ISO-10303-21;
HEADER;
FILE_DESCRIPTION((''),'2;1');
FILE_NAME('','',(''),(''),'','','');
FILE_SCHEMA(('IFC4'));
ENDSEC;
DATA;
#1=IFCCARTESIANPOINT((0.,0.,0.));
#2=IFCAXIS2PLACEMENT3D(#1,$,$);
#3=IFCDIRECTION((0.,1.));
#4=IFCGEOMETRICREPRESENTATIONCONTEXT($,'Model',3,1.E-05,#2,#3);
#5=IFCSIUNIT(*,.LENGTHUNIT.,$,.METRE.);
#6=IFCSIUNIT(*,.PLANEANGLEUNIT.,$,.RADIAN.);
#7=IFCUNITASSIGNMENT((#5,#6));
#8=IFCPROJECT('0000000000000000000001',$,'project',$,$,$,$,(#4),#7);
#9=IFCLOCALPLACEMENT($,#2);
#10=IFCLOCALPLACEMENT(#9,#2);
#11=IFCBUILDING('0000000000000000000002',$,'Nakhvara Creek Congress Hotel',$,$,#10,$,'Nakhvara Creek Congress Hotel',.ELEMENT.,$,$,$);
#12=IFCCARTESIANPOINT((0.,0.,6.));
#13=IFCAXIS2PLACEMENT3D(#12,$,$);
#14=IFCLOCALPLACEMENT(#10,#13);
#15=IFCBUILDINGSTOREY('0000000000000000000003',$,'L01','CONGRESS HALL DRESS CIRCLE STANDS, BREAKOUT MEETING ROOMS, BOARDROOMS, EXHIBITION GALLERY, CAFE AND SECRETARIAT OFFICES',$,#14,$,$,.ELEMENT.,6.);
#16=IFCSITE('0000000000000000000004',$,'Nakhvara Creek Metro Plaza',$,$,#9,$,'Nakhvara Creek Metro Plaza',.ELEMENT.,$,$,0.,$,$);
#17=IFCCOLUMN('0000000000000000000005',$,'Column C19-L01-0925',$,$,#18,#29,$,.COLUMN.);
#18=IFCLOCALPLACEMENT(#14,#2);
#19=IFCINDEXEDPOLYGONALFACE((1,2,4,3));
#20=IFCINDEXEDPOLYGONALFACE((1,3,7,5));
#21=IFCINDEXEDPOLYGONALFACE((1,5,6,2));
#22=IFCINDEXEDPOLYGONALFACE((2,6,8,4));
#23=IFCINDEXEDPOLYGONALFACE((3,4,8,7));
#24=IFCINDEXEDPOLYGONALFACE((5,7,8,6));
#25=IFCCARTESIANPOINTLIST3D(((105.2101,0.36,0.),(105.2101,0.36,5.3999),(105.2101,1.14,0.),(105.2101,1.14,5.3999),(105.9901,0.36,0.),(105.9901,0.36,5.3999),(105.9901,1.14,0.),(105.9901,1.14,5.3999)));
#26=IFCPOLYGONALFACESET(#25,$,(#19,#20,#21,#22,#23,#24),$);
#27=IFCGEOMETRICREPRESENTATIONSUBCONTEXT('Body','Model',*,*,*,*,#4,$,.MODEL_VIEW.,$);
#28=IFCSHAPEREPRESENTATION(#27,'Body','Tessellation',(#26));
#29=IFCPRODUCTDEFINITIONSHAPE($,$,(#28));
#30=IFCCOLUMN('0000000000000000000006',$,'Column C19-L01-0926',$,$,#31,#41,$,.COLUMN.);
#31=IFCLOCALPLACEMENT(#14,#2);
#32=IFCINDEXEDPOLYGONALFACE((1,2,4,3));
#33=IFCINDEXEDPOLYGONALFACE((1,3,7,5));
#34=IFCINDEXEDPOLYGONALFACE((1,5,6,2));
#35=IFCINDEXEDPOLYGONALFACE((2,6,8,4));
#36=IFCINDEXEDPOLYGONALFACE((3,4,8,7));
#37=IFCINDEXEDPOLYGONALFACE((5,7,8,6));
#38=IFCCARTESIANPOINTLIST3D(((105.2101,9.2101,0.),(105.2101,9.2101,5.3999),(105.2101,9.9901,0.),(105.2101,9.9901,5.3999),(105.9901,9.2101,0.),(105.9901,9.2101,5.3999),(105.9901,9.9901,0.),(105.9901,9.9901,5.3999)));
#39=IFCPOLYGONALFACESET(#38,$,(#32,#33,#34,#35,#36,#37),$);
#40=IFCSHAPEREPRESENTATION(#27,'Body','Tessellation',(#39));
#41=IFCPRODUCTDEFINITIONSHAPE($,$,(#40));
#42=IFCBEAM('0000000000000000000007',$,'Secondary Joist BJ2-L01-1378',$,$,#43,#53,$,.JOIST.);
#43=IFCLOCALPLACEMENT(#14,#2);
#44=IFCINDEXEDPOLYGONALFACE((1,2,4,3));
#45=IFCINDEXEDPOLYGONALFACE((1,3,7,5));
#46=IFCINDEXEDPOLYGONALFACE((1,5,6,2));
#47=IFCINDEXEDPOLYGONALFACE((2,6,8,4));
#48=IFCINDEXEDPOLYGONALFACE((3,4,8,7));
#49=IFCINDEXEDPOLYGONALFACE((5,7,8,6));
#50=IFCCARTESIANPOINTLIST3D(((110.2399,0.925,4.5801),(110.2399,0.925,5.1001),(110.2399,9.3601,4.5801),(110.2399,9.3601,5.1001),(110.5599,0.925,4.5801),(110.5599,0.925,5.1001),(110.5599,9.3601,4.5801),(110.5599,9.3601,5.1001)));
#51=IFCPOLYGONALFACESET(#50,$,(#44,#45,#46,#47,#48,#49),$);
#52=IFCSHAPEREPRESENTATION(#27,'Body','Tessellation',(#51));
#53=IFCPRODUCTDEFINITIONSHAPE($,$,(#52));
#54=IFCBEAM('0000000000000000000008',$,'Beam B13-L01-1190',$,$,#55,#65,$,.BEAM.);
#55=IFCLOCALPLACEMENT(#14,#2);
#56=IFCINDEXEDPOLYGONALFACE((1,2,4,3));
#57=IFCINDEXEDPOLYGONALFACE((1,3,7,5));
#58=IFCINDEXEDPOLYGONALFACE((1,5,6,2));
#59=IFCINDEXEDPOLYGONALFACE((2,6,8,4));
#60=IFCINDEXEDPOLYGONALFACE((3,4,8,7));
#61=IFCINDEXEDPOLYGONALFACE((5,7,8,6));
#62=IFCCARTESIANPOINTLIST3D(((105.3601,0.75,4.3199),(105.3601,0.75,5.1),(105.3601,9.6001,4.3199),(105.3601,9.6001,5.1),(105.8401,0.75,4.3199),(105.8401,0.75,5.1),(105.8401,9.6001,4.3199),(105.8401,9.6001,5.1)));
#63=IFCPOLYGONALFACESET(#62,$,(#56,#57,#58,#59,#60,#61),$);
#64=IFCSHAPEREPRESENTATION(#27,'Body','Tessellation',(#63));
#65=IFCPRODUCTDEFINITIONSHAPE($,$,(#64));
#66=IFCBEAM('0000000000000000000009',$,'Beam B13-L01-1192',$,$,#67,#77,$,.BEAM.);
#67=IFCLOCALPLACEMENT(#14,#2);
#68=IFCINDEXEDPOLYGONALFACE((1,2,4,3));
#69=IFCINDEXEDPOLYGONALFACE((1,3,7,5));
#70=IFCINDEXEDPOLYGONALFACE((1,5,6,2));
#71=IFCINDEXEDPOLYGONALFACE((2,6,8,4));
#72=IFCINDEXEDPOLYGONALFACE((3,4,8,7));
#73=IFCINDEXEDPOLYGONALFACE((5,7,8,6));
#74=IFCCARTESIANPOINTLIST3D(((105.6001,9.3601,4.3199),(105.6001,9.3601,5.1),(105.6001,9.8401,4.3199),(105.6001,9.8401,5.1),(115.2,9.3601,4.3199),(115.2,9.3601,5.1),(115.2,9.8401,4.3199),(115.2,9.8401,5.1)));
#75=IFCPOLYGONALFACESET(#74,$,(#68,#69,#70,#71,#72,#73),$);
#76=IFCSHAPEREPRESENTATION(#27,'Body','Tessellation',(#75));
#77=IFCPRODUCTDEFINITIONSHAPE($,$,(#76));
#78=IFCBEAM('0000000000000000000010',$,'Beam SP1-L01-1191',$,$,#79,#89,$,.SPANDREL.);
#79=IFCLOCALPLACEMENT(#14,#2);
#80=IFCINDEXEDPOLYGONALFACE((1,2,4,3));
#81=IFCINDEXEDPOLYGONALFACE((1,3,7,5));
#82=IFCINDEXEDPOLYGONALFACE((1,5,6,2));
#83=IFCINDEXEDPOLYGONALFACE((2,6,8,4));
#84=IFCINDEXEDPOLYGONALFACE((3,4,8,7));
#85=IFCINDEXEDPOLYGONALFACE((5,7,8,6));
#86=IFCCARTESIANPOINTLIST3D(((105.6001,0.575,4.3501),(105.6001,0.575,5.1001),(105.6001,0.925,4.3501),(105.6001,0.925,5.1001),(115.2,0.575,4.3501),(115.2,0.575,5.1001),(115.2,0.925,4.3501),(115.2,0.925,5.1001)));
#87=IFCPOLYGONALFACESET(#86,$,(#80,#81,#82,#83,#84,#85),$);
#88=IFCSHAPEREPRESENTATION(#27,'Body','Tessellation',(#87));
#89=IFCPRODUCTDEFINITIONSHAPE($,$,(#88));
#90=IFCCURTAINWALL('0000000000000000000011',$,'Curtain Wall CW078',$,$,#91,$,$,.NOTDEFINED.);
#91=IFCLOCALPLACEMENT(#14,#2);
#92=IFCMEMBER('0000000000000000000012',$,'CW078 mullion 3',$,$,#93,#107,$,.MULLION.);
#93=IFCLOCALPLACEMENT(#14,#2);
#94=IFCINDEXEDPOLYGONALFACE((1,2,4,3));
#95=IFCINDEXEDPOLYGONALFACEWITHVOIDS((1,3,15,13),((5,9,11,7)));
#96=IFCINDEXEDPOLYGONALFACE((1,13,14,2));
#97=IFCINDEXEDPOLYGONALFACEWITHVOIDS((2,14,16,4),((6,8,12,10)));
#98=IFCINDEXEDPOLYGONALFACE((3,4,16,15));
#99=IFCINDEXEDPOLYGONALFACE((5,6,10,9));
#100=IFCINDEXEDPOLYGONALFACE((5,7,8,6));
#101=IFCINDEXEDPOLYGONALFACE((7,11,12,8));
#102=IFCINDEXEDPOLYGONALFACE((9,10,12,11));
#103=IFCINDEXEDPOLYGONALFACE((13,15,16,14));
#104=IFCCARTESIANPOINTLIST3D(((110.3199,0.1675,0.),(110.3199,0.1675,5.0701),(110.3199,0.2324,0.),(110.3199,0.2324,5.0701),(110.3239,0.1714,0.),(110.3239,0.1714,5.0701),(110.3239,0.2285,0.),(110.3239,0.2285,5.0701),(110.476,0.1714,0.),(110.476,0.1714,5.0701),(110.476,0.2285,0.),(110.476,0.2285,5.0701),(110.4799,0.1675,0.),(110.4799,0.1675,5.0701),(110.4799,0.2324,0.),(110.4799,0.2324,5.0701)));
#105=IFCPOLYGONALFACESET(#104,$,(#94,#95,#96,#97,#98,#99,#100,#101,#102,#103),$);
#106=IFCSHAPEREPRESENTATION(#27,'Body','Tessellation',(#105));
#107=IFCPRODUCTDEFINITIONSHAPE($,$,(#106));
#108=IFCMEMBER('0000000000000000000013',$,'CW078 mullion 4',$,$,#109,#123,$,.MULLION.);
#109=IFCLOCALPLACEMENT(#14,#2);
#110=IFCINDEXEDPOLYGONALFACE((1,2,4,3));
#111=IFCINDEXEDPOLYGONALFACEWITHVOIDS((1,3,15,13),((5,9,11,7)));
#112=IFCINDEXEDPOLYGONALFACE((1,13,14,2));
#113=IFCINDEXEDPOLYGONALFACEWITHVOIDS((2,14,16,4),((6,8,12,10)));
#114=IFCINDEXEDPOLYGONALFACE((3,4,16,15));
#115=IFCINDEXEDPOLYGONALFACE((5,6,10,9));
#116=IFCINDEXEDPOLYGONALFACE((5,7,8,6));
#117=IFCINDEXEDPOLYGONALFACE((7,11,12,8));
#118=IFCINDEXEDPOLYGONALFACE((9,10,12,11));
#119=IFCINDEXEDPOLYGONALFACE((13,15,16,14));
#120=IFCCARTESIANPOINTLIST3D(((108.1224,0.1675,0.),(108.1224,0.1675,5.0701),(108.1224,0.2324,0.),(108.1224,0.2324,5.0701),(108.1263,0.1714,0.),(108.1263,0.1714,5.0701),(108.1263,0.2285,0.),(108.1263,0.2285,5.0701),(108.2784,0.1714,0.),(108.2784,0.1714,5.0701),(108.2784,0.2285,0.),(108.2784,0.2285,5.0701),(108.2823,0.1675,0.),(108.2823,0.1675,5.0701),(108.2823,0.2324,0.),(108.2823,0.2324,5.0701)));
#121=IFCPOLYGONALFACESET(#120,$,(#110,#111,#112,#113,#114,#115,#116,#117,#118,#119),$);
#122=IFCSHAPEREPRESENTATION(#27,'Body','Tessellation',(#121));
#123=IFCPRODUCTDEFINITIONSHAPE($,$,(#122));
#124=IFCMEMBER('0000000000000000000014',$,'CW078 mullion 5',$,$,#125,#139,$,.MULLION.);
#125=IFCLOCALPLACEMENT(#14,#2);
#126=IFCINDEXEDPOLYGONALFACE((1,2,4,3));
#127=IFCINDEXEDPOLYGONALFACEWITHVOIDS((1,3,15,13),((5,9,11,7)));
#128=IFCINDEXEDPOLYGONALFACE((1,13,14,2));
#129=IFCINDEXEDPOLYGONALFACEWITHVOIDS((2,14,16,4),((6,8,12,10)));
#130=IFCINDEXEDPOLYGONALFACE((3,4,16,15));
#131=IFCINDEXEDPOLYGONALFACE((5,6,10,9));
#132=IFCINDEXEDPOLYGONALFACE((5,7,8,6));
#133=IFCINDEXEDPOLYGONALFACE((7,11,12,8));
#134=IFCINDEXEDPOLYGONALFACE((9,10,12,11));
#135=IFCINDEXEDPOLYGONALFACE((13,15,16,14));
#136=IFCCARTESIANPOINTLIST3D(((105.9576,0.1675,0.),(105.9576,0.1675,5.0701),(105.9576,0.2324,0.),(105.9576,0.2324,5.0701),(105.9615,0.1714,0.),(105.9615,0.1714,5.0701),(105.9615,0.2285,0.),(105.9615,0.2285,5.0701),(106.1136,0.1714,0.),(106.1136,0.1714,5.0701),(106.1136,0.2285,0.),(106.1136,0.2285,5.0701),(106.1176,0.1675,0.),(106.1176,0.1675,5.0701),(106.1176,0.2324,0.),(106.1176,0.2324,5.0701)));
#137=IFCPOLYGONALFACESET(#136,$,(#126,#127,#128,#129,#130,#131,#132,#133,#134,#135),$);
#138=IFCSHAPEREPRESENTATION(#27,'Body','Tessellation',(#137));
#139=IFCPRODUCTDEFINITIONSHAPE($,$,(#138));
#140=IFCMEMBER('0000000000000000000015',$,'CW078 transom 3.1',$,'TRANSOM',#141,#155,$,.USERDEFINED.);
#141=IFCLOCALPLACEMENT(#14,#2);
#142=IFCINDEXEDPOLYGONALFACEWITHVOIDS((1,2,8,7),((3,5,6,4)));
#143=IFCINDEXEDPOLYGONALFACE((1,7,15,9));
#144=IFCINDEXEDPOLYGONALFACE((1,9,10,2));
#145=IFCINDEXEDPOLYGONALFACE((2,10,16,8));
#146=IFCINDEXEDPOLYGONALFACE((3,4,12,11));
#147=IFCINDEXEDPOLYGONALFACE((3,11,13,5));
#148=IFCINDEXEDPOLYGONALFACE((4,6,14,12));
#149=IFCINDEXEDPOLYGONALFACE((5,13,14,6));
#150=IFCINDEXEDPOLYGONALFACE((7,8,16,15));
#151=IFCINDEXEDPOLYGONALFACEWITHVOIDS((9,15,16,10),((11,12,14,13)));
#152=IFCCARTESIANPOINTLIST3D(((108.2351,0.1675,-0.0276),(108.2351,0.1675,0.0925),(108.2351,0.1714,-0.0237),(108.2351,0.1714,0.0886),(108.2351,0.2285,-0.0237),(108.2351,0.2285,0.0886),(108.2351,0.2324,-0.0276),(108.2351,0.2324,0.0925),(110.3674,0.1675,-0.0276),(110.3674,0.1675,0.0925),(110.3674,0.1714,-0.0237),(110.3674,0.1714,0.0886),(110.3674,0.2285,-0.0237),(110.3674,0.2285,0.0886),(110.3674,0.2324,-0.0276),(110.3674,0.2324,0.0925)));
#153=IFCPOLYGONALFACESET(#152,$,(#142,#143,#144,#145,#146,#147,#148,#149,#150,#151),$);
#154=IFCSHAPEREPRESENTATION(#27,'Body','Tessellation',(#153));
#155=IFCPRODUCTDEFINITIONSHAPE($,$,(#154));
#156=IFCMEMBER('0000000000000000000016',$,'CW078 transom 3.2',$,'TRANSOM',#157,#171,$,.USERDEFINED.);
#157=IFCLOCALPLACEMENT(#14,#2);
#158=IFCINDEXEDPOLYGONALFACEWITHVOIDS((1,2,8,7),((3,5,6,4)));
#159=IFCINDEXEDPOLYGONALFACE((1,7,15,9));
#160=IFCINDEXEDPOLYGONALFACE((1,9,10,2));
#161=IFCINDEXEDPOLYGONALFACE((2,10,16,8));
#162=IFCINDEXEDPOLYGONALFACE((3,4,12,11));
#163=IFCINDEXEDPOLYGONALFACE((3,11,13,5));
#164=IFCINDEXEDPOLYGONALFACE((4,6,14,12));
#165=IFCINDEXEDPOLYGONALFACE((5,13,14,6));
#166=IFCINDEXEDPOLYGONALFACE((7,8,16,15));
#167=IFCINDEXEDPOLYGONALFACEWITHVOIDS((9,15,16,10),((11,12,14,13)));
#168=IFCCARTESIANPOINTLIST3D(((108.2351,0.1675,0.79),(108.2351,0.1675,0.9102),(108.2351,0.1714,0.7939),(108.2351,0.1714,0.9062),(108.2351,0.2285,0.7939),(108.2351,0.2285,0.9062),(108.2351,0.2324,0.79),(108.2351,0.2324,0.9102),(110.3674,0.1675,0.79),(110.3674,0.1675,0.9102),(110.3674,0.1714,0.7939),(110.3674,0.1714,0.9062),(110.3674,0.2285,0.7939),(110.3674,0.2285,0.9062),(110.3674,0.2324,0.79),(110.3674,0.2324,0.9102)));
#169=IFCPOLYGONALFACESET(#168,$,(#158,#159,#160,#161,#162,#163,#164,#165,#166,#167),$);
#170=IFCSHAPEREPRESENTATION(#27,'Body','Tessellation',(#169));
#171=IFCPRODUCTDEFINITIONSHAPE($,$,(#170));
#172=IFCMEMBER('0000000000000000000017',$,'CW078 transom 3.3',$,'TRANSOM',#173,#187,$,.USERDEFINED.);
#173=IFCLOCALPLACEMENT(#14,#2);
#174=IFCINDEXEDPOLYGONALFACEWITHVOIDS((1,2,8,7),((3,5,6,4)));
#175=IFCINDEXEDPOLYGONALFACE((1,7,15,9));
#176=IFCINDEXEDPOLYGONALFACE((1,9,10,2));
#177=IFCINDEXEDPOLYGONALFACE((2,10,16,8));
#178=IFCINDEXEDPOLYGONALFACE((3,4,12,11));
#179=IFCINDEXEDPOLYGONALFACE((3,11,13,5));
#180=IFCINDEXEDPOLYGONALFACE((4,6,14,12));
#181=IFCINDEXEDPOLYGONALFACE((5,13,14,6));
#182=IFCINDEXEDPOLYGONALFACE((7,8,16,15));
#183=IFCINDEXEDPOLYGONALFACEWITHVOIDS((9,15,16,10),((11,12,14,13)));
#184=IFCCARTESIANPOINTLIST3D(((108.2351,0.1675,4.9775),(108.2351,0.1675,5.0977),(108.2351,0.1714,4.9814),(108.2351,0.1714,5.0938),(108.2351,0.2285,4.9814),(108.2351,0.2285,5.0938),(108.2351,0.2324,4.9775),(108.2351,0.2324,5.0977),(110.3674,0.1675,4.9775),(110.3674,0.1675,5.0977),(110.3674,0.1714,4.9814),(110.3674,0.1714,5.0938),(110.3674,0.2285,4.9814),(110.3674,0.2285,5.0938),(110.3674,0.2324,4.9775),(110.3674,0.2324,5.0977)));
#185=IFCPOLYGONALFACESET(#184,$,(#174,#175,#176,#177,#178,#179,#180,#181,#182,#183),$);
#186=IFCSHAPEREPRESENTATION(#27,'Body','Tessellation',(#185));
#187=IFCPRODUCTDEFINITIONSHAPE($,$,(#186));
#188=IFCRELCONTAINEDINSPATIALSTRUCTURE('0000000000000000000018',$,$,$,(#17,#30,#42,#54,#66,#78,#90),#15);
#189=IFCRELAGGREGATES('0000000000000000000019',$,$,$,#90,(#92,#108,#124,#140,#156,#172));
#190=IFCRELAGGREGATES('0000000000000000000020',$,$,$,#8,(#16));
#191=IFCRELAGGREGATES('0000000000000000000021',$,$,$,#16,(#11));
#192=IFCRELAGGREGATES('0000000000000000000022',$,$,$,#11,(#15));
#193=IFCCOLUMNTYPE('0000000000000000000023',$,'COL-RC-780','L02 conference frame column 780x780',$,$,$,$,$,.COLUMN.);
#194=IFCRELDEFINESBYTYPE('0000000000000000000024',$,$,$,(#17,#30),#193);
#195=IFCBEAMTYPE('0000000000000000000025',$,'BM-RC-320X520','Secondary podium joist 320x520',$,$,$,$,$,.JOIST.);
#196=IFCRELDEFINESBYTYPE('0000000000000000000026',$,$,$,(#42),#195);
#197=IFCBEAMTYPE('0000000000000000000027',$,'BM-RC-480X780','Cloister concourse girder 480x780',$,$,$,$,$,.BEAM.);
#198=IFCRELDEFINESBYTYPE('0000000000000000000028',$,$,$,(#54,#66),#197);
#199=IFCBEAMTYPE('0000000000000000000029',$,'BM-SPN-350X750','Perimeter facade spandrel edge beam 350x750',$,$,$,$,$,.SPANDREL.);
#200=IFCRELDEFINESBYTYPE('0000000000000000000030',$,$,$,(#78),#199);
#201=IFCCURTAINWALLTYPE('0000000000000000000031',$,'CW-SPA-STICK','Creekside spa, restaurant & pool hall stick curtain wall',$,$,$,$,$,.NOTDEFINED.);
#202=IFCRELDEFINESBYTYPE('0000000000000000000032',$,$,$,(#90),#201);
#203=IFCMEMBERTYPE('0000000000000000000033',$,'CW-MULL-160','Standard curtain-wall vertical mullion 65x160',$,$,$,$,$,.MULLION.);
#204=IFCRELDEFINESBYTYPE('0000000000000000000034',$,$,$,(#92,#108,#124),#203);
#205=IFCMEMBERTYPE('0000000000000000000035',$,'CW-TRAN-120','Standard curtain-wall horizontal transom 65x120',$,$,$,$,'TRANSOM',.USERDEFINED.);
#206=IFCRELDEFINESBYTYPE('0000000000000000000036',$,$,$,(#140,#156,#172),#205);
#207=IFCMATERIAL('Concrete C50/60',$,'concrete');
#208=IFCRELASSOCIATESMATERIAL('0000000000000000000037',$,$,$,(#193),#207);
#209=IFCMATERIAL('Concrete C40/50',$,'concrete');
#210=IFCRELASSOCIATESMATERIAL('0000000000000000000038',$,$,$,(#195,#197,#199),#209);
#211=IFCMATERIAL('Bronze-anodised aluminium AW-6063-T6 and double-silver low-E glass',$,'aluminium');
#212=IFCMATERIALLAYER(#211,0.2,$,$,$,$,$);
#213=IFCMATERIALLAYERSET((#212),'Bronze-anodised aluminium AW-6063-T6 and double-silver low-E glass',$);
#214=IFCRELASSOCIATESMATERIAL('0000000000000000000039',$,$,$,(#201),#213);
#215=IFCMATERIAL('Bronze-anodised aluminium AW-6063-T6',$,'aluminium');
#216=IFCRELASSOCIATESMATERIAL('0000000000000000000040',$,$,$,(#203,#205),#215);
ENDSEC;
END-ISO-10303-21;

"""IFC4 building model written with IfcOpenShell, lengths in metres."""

from ifc_helpers import new_model, si_unit, direction, frame, origin, origin_2d, place, context, subcontext, project, spatial, rectangle, hollow_rectangle, extrude, material, layer, layer_set, material_profile, profile_set, type_object, element, aggregate, save


model = new_model("IFC4")

# Units and contexts
model_context = context("Model", 3, precision=1e-05, world=origin(), true_north=direction((0.0, 1.0)))
body_context = subcontext(model_context, "Body", "Model", "MODEL_VIEW")
ifc_project = project(units=[si_unit("LENGTHUNIT", "METRE"), si_unit("PLANEANGLEUNIT", "RADIAN")], contexts=[model_context])

# Site, building, storey
site_placement = place(None, origin())
site = spatial("IfcSite", under=ifc_project, at=site_placement, Name="Nakhvara Creek Metro Plaza", LongName="Nakhvara Creek Metro Plaza", CompositionType="ELEMENT", RefElevation=0.0)
building_placement = place(site_placement, origin())
building = spatial("IfcBuilding", under=site, at=building_placement, Name="Nakhvara Creek Congress Hotel", LongName="Nakhvara Creek Congress Hotel", CompositionType="ELEMENT")
storey_placement = place(building_placement, frame((0.0, 0.0, 6.0)))
storey = spatial("IfcBuildingStorey", under=building, at=storey_placement, Name="L01", Description="CONGRESS HALL DRESS CIRCLE STANDS, BREAKOUT MEETING ROOMS, BOARDROOMS, EXHIBITION GALLERY, CAFE AND SECRETARIAT OFFICES", CompositionType="ELEMENT", Elevation=6.0)

# Columns
ifc_material_1 = material(Name="Concrete C50/60", Category="concrete")
ifc_material_profile_1 = material_profile(ifc_material_1, rectangle(XDim=0.78, YDim=0.78, at=origin_2d()), Name="RC-COL 780x780", Category="LoadBearing")
ifc_profile_set_1 = profile_set([ifc_material_profile_1], Name="Concrete C50/60")
column_type = type_object("IfcColumnType", Name="COL-RC-780", Description="L02 conference frame column 780x780", PredefinedType="COLUMN", material=ifc_profile_set_1)
for number, where, z_axis, x_axis, name in (
    (1, (105.6001, 0.75, 0.0), (0.0, 0.0, 1.0), (1.0, 0.0, 0.0), "Column C19-L01-0925"),
    (2, (105.6001, 9.6001, 0.0), (0.0, 0.0, 1.0), (1.0, 0.0, 0.0), "Column C19-L01-0926"),
):
    element("IfcColumn", number, at=place(storey_placement, frame(where, z_axis=z_axis, x_axis=x_axis)), inside=storey, type_object=column_type, Name=name, PredefinedType="COLUMN", context=body_context, shape_type="SweptSolid", body=[
        extrude(rectangle(XDim=0.78, YDim=0.78, at=origin_2d()), origin(), (0.0, 0.0, 1.0), 5.3999),
    ])

# Beams
ifc_material_2 = material(Name="Concrete C40/50", Category="concrete")
ifc_material_profile_2 = material_profile(ifc_material_2, rectangle(XDim=0.3201, YDim=0.52, at=origin_2d()), Name="RC-BM 320x520", Category="LoadBearing")
ifc_profile_set_2 = profile_set([ifc_material_profile_2], Name="Concrete C40/50")
beam_type_1 = type_object("IfcBeamType", Name="BM-RC-320X520", Description="Secondary podium joist 320x520", PredefinedType="JOIST", material=ifc_profile_set_2)
beam_1_placement = place(storey_placement, frame((110.3999, 0.925, 4.8401), z_axis=(0.0, 1.0, 0.0), x_axis=(-1.0, 0.0, 0.0)))
element("IfcBeam", 3, at=beam_1_placement, inside=storey, type_object=beam_type_1, Name="Secondary Joist BJ2-L01-1378", PredefinedType="JOIST", context=body_context, shape_type="SweptSolid", body=[
    extrude(rectangle(XDim=0.3201, YDim=0.52, at=origin_2d()), origin(), (0.0, 0.0, 1.0), 8.4351),
])
ifc_material_profile_3 = material_profile(ifc_material_2, rectangle(XDim=0.48, YDim=0.78, at=origin_2d()), Name="RC-BM 480x780", Category="LoadBearing")
ifc_profile_set_3 = profile_set([ifc_material_profile_3], Name="Concrete C40/50")
beam_type_2 = type_object("IfcBeamType", Name="BM-RC-480X780", Description="Cloister concourse girder 480x780", PredefinedType="BEAM", material=ifc_profile_set_3)
beam_2_placement = place(storey_placement, frame((105.6001, 0.75, 4.71), z_axis=(0.0, 1.0, 0.0), x_axis=(-1.0, 0.0, 0.0)))
element("IfcBeam", 4, at=beam_2_placement, inside=storey, type_object=beam_type_2, Name="Beam B13-L01-1190", PredefinedType="BEAM", context=body_context, shape_type="SweptSolid", body=[
    extrude(rectangle(XDim=0.48, YDim=0.78, at=origin_2d()), origin(), (0.0, 0.0, 1.0), 8.8501),
])
beam_3_placement = place(storey_placement, frame((105.6001, 9.6001, 4.71), z_axis=(1.0, 0.0, 0.0), x_axis=(0.0, 1.0, 0.0)))
element("IfcBeam", 5, at=beam_3_placement, inside=storey, type_object=beam_type_2, Name="Beam B13-L01-1192", PredefinedType="BEAM", context=body_context, shape_type="SweptSolid", body=[
    extrude(rectangle(XDim=0.48, YDim=0.78, at=origin_2d()), origin(), (0.0, 0.0, 1.0), 9.5999),
])
ifc_material_profile_4 = material_profile(ifc_material_2, rectangle(XDim=0.3501, YDim=0.75, at=origin_2d()), Name="RC-SPANDREL 350x750", Category="LoadBearing")
ifc_profile_set_4 = profile_set([ifc_material_profile_4], Name="Concrete C40/50")
beam_type_3 = type_object("IfcBeamType", Name="BM-SPN-350X750", Description="Perimeter facade spandrel edge beam 350x750", PredefinedType="SPANDREL", material=ifc_profile_set_4)
beam_4_placement = place(storey_placement, frame((105.6001, 0.75, 4.7251), z_axis=(1.0, 0.0, 0.0), x_axis=(0.0, 1.0, 0.0)))
element("IfcBeam", 6, at=beam_4_placement, inside=storey, type_object=beam_type_3, Name="Beam SP1-L01-1191", PredefinedType="SPANDREL", context=body_context, shape_type="SweptSolid", body=[
    extrude(rectangle(XDim=0.3501, YDim=0.75, at=origin_2d()), origin(), (0.0, 0.0, 1.0), 9.5999),
])

# Curtain wall, members
ifc_material_3 = material(Name="Bronze-anodised aluminium AW-6063-T6 and double-silver low-E glass", Category="aluminium")
ifc_layer_1 = layer(ifc_material_3, 0.2)
ifc_layer_set_1 = layer_set([ifc_layer_1], Name="Bronze-anodised aluminium AW-6063-T6 and double-silver low-E glass")
curtain_wall_type = type_object("IfcCurtainWallType", Name="CW-SPA-STICK", Description="Creekside spa, restaurant & pool hall stick curtain wall", PredefinedType="NOTDEFINED", material=ifc_layer_set_1)
curtain_wall_placement = place(storey_placement, origin())
curtain_wall = element("IfcCurtainWall", 7, at=curtain_wall_placement, inside=storey, type_object=curtain_wall_type, Name="Curtain Wall CW078", PredefinedType="NOTDEFINED")
ifc_material_4 = material(Name="Bronze-anodised aluminium AW-6063-T6", Category="aluminium")
ifc_material_profile_5 = material_profile(ifc_material_4, hollow_rectangle(XDim=0.0649, YDim=0.1599, WallThickness=0.0039, at=origin_2d()), Name="ALU-MULL 65x160x4", Category="LoadBearing")
ifc_profile_set_5 = profile_set([ifc_material_profile_5], Name="Bronze-anodised aluminium AW-6063-T6")
member_type_1 = type_object("IfcMemberType", Name="CW-MULL-160", Description="Standard curtain-wall vertical mullion 65x160", PredefinedType="MULLION", material=ifc_profile_set_5)
member_1_placement = place(storey_placement, frame((110.3999, 0.2, 0.0), z_axis=(0.0, 0.0, 1.0), x_axis=(0.0, -1.0, 0.0)))
member_1 = element("IfcMember", 8, at=member_1_placement, type_object=member_type_1, Name="CW078 mullion 3", PredefinedType="MULLION", context=body_context, shape_type="SweptSolid", body=[
    extrude(hollow_rectangle(XDim=0.0649, YDim=0.1599, WallThickness=0.0039, at=origin_2d()), origin(), (0.0, 0.0, 1.0), 5.0701),
])
member_2_placement = place(storey_placement, frame((108.2024, 0.2, 0.0), z_axis=(0.0, 0.0, 1.0), x_axis=(0.0, -1.0, 0.0)))
member_2 = element("IfcMember", 9, at=member_2_placement, type_object=member_type_1, Name="CW078 mullion 4", PredefinedType="MULLION", context=body_context, shape_type="SweptSolid", body=[
    extrude(hollow_rectangle(XDim=0.0649, YDim=0.1599, WallThickness=0.0039, at=origin_2d()), origin(), (0.0, 0.0, 1.0), 5.0701),
])
member_3_placement = place(storey_placement, frame((106.0376, 0.2, 0.0), z_axis=(0.0, 0.0, 1.0), x_axis=(0.0, -1.0, 0.0)))
member_3 = element("IfcMember", 10, at=member_3_placement, type_object=member_type_1, Name="CW078 mullion 5", PredefinedType="MULLION", context=body_context, shape_type="SweptSolid", body=[
    extrude(hollow_rectangle(XDim=0.0649, YDim=0.1599, WallThickness=0.0039, at=origin_2d()), origin(), (0.0, 0.0, 1.0), 5.0701),
])
ifc_material_profile_6 = material_profile(ifc_material_4, hollow_rectangle(XDim=0.0649, YDim=0.1201, WallThickness=0.0039, at=origin_2d()), Name="ALU-TRAN 65x120x4", Category="LoadBearing")
ifc_profile_set_6 = profile_set([ifc_material_profile_6], Name="Bronze-anodised aluminium AW-6063-T6")
member_type_2 = type_object("IfcMemberType", Name="CW-TRAN-120", Description="Standard curtain-wall horizontal transom 65x120", ElementType="TRANSOM", PredefinedType="USERDEFINED", material=ifc_profile_set_6)
member_4_placement = place(storey_placement, frame((110.3674, 0.2, 0.0325), z_axis=(-1.0, 0.0, 0.0), x_axis=(0.0, -1.0, 0.0)))
member_4 = element("IfcMember", 11, at=member_4_placement, type_object=member_type_2, Name="CW078 transom 3.1", ObjectType="TRANSOM", PredefinedType="USERDEFINED", context=body_context, shape_type="SweptSolid", body=[
    extrude(hollow_rectangle(XDim=0.0649, YDim=0.1201, WallThickness=0.0039, at=origin_2d()), origin(), (0.0, 0.0, 1.0), 2.1323),
])
member_5_placement = place(storey_placement, frame((110.3674, 0.2, 0.8501), z_axis=(-1.0, 0.0, 0.0), x_axis=(0.0, -1.0, 0.0)))
member_5 = element("IfcMember", 12, at=member_5_placement, type_object=member_type_2, Name="CW078 transom 3.2", ObjectType="TRANSOM", PredefinedType="USERDEFINED", context=body_context, shape_type="SweptSolid", body=[
    extrude(hollow_rectangle(XDim=0.0649, YDim=0.1201, WallThickness=0.0039, at=origin_2d()), origin(), (0.0, 0.0, 1.0), 2.1323),
])
member_6_placement = place(storey_placement, frame((110.3674, 0.2, 5.0376), z_axis=(-1.0, 0.0, 0.0), x_axis=(0.0, -1.0, 0.0)))
member_6 = element("IfcMember", 13, at=member_6_placement, type_object=member_type_2, Name="CW078 transom 3.3", ObjectType="TRANSOM", PredefinedType="USERDEFINED", context=body_context, shape_type="SweptSolid", body=[
    extrude(hollow_rectangle(XDim=0.0649, YDim=0.1201, WallThickness=0.0039, at=origin_2d()), origin(), (0.0, 0.0, 1.0), 2.1323),
])
aggregate(curtain_wall, [member_1, member_2, member_3, member_4, member_5, member_6])

save(model, "model.ifc")
